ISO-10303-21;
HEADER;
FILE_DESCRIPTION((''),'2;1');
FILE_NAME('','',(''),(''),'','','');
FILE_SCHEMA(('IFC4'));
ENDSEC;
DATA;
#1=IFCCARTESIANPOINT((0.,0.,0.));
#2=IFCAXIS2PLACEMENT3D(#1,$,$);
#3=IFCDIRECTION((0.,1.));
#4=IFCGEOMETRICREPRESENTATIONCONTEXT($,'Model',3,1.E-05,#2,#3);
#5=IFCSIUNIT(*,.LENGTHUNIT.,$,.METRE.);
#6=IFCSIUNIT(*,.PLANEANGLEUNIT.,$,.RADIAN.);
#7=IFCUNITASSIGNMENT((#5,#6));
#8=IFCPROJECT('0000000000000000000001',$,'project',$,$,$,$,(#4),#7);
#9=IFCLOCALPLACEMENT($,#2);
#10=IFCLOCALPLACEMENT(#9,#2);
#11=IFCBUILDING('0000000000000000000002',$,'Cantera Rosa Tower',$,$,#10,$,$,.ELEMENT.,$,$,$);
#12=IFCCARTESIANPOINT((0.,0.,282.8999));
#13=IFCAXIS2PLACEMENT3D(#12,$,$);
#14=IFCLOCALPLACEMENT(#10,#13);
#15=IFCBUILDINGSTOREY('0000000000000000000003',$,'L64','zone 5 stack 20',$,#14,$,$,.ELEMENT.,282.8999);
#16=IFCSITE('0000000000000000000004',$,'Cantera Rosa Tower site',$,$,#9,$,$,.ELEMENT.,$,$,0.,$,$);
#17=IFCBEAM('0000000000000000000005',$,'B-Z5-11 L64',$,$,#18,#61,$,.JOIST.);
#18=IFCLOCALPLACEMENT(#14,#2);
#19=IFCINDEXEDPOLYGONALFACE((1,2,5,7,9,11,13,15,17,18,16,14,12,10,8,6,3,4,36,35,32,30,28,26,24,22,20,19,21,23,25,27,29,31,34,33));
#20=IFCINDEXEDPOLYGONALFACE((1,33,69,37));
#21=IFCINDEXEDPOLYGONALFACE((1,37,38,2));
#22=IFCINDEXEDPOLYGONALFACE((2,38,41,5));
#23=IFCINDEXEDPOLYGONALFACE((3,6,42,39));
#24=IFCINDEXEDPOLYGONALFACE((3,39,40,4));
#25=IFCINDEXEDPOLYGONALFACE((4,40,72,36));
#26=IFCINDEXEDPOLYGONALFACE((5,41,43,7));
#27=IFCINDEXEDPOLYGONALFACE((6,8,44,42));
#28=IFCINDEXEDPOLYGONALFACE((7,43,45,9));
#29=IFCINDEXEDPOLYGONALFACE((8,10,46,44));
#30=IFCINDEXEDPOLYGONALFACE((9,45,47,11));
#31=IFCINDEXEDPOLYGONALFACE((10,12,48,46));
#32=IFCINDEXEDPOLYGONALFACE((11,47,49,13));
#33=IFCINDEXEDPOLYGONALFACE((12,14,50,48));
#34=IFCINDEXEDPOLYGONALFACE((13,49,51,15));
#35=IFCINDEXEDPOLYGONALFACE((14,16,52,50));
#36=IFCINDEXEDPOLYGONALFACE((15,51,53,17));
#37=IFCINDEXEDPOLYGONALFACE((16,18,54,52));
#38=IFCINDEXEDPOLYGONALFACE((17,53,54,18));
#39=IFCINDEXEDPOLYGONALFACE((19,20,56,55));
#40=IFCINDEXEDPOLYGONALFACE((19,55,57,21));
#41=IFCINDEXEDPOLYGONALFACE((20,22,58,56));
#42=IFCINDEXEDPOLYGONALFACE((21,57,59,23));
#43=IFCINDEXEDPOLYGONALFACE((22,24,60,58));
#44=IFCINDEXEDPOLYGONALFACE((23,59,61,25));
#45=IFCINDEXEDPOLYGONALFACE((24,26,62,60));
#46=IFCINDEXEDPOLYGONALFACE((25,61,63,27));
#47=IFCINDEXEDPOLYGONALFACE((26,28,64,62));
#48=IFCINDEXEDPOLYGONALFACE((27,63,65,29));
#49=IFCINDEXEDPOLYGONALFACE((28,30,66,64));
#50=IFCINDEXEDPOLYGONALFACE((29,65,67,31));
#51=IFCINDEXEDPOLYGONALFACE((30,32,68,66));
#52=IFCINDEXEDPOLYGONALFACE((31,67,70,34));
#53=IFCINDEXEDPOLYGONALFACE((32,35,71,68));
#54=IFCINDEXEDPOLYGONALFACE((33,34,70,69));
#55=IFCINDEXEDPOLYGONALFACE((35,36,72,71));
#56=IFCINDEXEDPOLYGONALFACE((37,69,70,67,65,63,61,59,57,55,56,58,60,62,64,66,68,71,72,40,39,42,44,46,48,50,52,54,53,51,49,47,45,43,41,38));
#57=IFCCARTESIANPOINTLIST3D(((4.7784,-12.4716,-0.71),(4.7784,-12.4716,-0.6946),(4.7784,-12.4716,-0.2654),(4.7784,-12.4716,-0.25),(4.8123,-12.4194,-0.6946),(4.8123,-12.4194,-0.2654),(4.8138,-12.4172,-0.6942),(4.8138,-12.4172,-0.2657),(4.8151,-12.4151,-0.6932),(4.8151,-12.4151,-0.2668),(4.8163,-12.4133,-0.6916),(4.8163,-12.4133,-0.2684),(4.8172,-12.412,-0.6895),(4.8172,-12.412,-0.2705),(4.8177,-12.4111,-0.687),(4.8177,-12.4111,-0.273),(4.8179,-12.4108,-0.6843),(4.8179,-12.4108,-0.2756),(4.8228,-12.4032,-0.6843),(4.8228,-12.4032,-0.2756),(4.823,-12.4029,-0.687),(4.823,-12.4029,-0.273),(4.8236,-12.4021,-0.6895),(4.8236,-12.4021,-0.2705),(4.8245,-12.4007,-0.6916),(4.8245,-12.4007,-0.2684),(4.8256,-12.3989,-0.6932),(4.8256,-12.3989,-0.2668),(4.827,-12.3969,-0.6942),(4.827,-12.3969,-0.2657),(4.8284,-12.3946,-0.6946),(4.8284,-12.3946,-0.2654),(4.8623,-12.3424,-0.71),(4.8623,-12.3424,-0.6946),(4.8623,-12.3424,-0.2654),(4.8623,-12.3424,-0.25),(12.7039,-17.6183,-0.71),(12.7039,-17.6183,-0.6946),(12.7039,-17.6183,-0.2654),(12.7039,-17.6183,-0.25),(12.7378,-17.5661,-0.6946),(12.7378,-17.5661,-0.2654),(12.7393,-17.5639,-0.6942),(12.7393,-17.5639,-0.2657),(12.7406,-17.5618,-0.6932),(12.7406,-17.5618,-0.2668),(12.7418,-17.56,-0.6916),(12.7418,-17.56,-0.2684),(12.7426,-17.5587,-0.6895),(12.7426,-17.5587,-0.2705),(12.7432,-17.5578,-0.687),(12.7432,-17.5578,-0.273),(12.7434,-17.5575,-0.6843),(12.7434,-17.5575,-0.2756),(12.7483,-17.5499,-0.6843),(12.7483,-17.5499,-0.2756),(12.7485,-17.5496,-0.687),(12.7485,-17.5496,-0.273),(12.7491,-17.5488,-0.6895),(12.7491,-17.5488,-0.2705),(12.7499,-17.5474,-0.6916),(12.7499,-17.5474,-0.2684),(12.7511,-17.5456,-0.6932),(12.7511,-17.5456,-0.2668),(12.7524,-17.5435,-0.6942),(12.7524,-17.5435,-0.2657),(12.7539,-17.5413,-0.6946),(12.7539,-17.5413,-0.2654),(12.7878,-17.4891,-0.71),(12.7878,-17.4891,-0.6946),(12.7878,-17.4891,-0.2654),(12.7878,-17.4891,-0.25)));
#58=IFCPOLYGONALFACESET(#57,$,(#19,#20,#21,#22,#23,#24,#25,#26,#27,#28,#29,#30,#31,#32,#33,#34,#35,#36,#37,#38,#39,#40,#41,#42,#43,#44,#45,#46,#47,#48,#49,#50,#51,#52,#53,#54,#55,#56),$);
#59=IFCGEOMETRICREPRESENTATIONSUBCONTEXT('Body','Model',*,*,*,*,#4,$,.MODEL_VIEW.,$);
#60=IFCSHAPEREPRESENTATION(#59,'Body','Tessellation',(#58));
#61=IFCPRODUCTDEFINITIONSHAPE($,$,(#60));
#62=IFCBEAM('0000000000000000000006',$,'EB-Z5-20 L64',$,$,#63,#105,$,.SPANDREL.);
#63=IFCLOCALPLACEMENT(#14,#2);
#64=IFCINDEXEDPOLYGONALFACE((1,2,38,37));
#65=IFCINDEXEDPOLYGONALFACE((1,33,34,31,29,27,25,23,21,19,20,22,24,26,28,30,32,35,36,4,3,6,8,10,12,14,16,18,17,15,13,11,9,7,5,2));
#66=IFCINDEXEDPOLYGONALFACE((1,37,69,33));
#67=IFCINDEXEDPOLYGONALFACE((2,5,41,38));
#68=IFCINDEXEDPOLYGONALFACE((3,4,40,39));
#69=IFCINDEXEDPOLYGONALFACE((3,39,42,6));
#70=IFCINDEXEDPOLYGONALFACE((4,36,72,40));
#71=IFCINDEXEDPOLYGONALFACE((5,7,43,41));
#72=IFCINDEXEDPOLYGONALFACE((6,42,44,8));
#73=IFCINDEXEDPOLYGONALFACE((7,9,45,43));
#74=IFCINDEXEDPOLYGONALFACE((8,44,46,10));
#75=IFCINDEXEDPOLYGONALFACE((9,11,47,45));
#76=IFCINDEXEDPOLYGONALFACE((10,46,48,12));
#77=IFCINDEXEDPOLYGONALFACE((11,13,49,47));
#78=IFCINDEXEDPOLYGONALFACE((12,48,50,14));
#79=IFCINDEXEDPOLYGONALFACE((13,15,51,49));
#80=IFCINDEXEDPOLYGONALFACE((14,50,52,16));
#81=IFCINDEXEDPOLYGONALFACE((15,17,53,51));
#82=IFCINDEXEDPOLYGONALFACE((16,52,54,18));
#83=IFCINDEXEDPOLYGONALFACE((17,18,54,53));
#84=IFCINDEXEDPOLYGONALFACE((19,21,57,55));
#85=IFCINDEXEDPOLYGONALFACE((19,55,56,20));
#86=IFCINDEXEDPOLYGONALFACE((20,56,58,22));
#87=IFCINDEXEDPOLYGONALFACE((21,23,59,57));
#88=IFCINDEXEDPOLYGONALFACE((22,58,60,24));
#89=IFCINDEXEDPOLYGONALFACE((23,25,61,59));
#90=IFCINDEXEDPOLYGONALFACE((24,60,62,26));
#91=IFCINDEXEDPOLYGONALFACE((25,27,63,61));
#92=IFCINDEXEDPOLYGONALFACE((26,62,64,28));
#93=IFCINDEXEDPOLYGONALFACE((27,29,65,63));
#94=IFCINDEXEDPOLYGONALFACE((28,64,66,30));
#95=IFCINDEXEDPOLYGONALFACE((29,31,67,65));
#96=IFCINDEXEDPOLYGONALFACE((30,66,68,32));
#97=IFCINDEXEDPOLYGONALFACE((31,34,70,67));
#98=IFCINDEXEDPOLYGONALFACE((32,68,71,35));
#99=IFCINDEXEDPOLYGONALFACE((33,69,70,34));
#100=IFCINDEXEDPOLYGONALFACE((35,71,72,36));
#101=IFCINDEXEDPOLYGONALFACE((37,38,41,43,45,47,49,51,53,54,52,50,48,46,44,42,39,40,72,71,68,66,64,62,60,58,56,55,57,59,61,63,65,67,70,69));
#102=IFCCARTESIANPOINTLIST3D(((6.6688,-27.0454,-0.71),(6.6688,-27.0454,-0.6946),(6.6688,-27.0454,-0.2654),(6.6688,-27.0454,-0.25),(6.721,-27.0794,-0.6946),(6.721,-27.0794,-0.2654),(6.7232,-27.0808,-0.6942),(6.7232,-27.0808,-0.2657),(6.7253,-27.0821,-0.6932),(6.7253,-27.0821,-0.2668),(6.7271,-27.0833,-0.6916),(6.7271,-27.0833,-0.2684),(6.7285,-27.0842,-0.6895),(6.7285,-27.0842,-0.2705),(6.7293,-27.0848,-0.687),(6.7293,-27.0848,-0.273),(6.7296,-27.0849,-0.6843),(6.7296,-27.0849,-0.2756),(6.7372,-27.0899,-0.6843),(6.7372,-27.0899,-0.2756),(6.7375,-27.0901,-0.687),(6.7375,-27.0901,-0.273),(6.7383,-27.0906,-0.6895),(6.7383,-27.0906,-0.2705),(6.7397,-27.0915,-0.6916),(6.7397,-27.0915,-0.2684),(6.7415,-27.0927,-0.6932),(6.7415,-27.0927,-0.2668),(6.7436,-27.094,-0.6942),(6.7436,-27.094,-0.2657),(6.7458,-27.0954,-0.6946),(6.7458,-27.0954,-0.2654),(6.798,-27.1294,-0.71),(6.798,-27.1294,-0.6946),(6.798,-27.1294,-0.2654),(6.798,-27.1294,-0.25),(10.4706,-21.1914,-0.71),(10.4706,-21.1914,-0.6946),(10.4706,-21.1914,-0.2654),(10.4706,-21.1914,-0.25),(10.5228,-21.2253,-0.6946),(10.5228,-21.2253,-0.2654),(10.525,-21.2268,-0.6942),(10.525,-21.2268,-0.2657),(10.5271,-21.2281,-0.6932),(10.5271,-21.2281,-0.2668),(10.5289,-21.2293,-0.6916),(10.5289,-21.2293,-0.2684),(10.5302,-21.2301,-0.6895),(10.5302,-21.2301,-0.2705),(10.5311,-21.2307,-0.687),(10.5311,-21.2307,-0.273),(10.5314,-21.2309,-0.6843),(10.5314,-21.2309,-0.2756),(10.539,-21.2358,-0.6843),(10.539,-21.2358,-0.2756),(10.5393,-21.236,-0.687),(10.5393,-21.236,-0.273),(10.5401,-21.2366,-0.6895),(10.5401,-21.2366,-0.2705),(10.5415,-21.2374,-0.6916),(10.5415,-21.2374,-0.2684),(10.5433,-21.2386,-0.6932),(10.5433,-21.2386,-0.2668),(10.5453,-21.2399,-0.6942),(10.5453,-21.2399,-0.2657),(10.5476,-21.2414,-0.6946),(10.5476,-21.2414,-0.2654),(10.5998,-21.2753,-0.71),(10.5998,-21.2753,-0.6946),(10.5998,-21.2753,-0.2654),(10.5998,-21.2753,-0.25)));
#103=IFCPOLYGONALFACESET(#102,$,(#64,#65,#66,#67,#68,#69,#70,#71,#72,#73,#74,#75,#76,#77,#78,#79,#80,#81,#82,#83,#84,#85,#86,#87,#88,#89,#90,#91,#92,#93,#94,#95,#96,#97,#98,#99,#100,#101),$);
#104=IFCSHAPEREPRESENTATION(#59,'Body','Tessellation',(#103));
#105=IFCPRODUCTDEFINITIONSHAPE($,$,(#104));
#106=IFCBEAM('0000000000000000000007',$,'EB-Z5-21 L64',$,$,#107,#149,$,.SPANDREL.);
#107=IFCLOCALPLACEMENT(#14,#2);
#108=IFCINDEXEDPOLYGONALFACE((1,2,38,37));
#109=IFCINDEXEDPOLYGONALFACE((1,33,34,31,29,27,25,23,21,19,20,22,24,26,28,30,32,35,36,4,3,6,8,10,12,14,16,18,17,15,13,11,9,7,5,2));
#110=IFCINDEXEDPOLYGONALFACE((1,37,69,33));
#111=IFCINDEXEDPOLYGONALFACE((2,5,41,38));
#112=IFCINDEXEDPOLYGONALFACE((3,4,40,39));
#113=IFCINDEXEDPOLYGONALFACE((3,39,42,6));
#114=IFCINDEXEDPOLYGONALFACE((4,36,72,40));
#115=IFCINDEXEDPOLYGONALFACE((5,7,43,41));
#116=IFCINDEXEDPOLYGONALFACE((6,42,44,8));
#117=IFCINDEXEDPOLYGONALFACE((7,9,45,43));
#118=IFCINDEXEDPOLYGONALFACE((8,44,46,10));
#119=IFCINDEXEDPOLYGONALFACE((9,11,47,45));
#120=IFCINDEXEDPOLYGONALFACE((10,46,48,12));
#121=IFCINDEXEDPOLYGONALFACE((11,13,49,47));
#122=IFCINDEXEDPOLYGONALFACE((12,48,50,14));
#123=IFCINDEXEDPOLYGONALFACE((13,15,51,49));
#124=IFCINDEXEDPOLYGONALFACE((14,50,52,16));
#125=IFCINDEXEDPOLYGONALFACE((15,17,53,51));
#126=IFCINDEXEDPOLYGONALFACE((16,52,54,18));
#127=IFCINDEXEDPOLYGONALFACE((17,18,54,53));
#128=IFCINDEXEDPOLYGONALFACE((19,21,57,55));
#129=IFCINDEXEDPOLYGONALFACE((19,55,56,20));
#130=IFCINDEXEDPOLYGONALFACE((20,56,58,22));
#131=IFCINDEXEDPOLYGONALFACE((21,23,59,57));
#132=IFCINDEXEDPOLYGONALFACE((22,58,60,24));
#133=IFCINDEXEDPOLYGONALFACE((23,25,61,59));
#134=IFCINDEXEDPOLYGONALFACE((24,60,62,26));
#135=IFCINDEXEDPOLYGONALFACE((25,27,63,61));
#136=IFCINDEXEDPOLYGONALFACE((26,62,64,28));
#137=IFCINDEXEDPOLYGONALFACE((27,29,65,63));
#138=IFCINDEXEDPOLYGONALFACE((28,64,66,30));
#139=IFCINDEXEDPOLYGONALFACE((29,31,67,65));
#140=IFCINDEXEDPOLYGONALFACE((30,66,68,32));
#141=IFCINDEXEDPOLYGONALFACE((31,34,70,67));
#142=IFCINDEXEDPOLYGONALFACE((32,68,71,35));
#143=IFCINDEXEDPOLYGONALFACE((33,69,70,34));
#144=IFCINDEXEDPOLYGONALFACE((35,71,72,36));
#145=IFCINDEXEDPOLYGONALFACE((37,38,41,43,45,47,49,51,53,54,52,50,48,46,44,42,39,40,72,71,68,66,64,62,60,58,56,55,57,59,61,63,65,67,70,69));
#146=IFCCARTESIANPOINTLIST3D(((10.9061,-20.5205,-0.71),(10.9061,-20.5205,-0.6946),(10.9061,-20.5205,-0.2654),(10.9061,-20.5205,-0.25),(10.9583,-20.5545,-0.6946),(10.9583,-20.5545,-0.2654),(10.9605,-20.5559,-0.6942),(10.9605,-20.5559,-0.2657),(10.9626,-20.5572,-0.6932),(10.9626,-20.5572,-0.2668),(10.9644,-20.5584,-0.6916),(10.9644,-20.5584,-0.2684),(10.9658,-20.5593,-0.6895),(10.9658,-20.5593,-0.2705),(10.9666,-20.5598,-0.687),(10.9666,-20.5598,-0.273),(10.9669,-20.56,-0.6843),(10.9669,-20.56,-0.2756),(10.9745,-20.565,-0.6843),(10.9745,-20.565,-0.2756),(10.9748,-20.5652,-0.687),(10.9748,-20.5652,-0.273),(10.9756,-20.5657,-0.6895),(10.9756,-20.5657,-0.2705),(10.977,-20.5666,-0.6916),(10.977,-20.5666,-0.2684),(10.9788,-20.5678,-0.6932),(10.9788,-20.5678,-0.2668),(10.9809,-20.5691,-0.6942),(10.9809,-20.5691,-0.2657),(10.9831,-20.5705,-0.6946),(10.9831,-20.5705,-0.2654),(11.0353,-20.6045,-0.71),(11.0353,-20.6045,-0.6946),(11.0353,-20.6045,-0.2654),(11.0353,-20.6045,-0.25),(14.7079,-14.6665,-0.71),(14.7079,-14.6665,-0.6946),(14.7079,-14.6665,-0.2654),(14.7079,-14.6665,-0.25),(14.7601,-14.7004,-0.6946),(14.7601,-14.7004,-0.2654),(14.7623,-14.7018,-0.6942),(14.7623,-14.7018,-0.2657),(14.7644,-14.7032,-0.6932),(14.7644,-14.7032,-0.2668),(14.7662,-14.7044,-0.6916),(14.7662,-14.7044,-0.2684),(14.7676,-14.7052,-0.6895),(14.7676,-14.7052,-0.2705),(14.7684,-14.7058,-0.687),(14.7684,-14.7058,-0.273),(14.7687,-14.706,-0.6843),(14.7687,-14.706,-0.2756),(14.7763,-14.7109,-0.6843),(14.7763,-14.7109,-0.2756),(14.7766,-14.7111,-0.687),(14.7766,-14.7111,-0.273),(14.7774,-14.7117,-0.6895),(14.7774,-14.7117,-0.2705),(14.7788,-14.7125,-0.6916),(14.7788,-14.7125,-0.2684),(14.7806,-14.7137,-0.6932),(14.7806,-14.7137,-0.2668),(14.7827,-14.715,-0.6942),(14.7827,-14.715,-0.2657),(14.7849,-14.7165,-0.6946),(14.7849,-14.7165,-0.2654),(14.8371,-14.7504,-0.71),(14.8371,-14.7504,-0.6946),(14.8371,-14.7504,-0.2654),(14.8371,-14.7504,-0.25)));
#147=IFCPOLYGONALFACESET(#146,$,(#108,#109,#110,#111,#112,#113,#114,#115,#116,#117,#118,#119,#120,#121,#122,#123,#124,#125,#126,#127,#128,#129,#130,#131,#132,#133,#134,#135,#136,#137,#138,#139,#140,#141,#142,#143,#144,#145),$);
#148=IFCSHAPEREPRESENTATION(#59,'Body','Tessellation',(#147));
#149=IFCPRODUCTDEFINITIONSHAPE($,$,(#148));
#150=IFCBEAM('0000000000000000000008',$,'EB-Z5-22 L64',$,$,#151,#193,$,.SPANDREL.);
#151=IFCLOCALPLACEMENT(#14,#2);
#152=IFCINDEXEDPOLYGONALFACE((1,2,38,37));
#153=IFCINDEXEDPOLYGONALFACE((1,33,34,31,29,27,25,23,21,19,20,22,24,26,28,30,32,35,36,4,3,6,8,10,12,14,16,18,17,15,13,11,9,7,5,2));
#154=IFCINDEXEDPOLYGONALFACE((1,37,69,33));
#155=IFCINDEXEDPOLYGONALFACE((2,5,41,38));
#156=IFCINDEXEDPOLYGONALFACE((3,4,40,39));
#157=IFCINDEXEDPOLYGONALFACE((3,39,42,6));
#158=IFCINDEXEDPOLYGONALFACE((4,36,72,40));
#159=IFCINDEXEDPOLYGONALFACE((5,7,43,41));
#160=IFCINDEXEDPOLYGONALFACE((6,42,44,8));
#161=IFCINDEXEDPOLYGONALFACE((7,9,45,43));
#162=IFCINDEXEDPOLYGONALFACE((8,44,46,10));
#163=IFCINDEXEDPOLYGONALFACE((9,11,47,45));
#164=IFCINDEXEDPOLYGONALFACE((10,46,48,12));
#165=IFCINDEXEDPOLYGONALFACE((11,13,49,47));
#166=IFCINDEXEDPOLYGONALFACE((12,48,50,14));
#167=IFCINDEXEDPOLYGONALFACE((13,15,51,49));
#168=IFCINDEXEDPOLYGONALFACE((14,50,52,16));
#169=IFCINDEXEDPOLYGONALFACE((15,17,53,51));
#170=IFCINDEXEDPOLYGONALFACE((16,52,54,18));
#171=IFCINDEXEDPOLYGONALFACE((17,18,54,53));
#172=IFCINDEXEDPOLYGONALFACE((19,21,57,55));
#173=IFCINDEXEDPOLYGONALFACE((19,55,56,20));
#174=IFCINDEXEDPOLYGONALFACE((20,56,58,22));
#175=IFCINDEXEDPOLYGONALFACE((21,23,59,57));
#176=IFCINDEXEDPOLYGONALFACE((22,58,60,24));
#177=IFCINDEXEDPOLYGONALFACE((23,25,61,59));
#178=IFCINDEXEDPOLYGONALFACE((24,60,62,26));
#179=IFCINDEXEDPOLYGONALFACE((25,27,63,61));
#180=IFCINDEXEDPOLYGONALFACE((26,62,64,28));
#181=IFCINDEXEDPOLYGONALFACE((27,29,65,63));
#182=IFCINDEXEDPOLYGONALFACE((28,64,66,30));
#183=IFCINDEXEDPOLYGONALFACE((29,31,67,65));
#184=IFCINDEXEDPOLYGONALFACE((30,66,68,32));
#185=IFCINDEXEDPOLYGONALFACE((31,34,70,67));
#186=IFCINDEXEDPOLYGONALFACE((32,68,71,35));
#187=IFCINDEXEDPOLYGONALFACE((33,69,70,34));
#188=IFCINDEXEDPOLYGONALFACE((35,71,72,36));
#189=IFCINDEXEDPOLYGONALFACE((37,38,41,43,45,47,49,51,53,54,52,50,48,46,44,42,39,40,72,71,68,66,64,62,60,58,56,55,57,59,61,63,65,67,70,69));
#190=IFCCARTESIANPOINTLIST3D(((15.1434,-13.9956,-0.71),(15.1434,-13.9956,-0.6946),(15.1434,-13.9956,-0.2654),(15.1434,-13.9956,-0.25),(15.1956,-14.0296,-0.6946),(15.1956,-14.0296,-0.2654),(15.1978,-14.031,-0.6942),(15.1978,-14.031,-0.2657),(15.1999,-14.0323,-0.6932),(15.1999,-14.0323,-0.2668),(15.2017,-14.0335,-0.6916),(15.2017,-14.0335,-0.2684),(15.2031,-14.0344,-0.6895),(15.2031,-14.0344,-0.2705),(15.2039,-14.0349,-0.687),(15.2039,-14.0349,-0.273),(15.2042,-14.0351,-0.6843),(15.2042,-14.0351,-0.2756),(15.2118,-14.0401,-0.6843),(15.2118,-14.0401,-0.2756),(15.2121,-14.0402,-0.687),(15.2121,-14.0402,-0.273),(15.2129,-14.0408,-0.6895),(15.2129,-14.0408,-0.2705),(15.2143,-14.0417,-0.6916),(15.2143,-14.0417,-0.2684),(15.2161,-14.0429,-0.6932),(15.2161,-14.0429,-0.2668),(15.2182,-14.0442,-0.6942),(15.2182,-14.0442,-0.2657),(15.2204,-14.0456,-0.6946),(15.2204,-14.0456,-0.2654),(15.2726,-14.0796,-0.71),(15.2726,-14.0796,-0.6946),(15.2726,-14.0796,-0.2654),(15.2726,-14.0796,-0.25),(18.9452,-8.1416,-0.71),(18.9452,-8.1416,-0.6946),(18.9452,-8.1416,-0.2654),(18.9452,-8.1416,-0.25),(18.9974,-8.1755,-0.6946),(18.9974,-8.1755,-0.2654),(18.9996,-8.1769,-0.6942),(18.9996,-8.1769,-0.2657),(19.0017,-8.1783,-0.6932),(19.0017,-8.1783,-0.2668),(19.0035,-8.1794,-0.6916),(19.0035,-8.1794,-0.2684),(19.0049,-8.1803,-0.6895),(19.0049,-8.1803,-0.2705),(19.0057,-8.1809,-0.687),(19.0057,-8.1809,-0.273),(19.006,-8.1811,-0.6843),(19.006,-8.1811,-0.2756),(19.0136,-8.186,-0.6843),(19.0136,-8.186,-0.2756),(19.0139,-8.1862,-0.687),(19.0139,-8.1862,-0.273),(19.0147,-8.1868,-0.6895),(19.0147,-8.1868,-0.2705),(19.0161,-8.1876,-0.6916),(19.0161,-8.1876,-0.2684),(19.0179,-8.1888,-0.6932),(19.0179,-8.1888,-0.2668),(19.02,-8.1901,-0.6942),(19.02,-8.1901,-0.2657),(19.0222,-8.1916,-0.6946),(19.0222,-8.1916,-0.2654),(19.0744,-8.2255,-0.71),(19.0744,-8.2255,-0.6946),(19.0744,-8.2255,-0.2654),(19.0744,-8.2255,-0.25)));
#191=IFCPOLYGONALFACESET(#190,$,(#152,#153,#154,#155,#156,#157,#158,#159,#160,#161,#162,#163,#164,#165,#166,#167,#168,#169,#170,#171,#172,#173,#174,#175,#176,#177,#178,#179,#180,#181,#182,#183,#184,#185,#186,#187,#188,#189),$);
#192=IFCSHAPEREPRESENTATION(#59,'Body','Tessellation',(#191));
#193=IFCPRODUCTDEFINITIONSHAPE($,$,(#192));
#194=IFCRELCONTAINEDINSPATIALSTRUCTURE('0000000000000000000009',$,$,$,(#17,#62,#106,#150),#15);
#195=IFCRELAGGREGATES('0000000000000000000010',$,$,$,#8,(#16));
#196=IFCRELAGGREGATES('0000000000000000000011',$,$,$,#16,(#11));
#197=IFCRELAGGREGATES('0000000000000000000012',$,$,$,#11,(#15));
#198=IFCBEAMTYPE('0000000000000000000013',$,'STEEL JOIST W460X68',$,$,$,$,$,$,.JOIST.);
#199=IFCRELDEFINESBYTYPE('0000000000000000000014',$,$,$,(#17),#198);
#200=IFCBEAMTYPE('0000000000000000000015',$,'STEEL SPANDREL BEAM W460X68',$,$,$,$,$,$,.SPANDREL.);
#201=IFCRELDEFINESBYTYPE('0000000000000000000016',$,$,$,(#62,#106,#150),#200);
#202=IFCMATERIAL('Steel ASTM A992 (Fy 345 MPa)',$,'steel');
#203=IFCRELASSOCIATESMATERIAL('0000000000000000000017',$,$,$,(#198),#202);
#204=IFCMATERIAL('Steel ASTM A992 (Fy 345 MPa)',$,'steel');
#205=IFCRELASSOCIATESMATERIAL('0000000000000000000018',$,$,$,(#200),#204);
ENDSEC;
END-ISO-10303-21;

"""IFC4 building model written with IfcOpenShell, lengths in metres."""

from ifc_helpers import new_model, si_unit, direction, frame, origin, origin_2d, place, context, subcontext, project, spatial, i_section, extrude, material, material_profile, profile_set, type_object, element, save


model = new_model("IFC4")

# Units and contexts
model_context = context("Model", 3, precision=1e-05, world=origin(), true_north=direction((0.0, 1.0)))
body_context = subcontext(model_context, "Body", "Model", "MODEL_VIEW")
ifc_project = project(units=[si_unit("LENGTHUNIT", "METRE"), si_unit("PLANEANGLEUNIT", "RADIAN")], contexts=[model_context])

# Site, building, storey
site_placement = place(None, origin())
site = spatial("IfcSite", under=ifc_project, at=site_placement, Name="Cantera Rosa Tower site", CompositionType="ELEMENT", RefElevation=0.0)
building_placement = place(site_placement, origin())
building = spatial("IfcBuilding", under=site, at=building_placement, Name="Cantera Rosa Tower", CompositionType="ELEMENT")
storey_placement = place(building_placement, frame((0.0, 0.0, 282.8999)))
storey = spatial("IfcBuildingStorey", under=building, at=storey_placement, Name="L64", Description="zone 5 stack 20", CompositionType="ELEMENT", Elevation=282.8999)

# Beams
ifc_material_1 = material(Name="Steel ASTM A992 (Fy 345 MPa)", Category="steel")
ifc_material_profile_1 = material_profile(ifc_material_1, i_section(OverallWidth=0.1541, OverallDepth=0.46, WebThickness=0.009, FlangeThickness=0.0154, FilletRadius=0.0103, at=origin_2d()), Name="W460X68")
ifc_profile_set_1 = profile_set([ifc_material_profile_1], Name="Steel ASTM A992 (Fy 345 MPa)")
beam_type_1 = type_object("IfcBeamType", Name="STEEL JOIST W460X68", PredefinedType="JOIST", material=ifc_profile_set_1)
beam_1_placement = place(storey_placement, frame((12.7458, -17.5537, -0.48), z_axis=(-0.838679, 0.544626, 0.0), x_axis=(-0.544626, -0.838679, 0.0)))
element("IfcBeam", 1, at=beam_1_placement, inside=storey, type_object=beam_type_1, Name="B-Z5-11 L64", PredefinedType="JOIST", context=body_context, shape_type="SweptSolid", body=[
    extrude(i_section(OverallWidth=0.1541, OverallDepth=0.46, WebThickness=0.009, FlangeThickness=0.0154, FilletRadius=0.0103, at=origin_2d()), origin(), (0.0, 0.0, 1.0), 9.45),
])
ifc_material_2 = material(Name="Steel ASTM A992 (Fy 345 MPa)", Category="steel")
ifc_material_profile_2 = material_profile(ifc_material_2, i_section(OverallWidth=0.1541, OverallDepth=0.46, WebThickness=0.009, FlangeThickness=0.0154, FilletRadius=0.0103, at=origin_2d()), Name="W460X68")
ifc_profile_set_2 = profile_set([ifc_material_profile_2], Name="Steel ASTM A992 (Fy 345 MPa)")
beam_type_2 = type_object("IfcBeamType", Name="STEEL SPANDREL BEAM W460X68", PredefinedType="SPANDREL", material=ifc_profile_set_2)
for number, where, z_axis, x_axis, name in (
    (2, (6.7334, -27.0874, -0.48), (0.544651, 0.838663, 0.0), (-0.838663, 0.544651, 0.0), "EB-Z5-20 L64"),
    (3, (10.9707, -20.5625, -0.48), (0.544651, 0.838663, 0.0), (-0.838663, 0.544651, 0.0), "EB-Z5-21 L64"),
    (4, (15.208, -14.0376, -0.48), (0.544651, 0.838663, 0.0), (-0.838663, 0.544651, 0.0), "EB-Z5-22 L64"),
):
    element("IfcBeam", number, at=place(storey_placement, frame(where, z_axis=z_axis, x_axis=x_axis)), inside=storey, type_object=beam_type_2, Name=name, PredefinedType="SPANDREL", context=body_context, shape_type="SweptSolid", body=[
        extrude(i_section(OverallWidth=0.1541, OverallDepth=0.46, WebThickness=0.009, FlangeThickness=0.0154, FilletRadius=0.0103, at=origin_2d()), origin(), (0.0, 0.0, 1.0), 6.9802),
    ])

save(model, "model.ifc")
